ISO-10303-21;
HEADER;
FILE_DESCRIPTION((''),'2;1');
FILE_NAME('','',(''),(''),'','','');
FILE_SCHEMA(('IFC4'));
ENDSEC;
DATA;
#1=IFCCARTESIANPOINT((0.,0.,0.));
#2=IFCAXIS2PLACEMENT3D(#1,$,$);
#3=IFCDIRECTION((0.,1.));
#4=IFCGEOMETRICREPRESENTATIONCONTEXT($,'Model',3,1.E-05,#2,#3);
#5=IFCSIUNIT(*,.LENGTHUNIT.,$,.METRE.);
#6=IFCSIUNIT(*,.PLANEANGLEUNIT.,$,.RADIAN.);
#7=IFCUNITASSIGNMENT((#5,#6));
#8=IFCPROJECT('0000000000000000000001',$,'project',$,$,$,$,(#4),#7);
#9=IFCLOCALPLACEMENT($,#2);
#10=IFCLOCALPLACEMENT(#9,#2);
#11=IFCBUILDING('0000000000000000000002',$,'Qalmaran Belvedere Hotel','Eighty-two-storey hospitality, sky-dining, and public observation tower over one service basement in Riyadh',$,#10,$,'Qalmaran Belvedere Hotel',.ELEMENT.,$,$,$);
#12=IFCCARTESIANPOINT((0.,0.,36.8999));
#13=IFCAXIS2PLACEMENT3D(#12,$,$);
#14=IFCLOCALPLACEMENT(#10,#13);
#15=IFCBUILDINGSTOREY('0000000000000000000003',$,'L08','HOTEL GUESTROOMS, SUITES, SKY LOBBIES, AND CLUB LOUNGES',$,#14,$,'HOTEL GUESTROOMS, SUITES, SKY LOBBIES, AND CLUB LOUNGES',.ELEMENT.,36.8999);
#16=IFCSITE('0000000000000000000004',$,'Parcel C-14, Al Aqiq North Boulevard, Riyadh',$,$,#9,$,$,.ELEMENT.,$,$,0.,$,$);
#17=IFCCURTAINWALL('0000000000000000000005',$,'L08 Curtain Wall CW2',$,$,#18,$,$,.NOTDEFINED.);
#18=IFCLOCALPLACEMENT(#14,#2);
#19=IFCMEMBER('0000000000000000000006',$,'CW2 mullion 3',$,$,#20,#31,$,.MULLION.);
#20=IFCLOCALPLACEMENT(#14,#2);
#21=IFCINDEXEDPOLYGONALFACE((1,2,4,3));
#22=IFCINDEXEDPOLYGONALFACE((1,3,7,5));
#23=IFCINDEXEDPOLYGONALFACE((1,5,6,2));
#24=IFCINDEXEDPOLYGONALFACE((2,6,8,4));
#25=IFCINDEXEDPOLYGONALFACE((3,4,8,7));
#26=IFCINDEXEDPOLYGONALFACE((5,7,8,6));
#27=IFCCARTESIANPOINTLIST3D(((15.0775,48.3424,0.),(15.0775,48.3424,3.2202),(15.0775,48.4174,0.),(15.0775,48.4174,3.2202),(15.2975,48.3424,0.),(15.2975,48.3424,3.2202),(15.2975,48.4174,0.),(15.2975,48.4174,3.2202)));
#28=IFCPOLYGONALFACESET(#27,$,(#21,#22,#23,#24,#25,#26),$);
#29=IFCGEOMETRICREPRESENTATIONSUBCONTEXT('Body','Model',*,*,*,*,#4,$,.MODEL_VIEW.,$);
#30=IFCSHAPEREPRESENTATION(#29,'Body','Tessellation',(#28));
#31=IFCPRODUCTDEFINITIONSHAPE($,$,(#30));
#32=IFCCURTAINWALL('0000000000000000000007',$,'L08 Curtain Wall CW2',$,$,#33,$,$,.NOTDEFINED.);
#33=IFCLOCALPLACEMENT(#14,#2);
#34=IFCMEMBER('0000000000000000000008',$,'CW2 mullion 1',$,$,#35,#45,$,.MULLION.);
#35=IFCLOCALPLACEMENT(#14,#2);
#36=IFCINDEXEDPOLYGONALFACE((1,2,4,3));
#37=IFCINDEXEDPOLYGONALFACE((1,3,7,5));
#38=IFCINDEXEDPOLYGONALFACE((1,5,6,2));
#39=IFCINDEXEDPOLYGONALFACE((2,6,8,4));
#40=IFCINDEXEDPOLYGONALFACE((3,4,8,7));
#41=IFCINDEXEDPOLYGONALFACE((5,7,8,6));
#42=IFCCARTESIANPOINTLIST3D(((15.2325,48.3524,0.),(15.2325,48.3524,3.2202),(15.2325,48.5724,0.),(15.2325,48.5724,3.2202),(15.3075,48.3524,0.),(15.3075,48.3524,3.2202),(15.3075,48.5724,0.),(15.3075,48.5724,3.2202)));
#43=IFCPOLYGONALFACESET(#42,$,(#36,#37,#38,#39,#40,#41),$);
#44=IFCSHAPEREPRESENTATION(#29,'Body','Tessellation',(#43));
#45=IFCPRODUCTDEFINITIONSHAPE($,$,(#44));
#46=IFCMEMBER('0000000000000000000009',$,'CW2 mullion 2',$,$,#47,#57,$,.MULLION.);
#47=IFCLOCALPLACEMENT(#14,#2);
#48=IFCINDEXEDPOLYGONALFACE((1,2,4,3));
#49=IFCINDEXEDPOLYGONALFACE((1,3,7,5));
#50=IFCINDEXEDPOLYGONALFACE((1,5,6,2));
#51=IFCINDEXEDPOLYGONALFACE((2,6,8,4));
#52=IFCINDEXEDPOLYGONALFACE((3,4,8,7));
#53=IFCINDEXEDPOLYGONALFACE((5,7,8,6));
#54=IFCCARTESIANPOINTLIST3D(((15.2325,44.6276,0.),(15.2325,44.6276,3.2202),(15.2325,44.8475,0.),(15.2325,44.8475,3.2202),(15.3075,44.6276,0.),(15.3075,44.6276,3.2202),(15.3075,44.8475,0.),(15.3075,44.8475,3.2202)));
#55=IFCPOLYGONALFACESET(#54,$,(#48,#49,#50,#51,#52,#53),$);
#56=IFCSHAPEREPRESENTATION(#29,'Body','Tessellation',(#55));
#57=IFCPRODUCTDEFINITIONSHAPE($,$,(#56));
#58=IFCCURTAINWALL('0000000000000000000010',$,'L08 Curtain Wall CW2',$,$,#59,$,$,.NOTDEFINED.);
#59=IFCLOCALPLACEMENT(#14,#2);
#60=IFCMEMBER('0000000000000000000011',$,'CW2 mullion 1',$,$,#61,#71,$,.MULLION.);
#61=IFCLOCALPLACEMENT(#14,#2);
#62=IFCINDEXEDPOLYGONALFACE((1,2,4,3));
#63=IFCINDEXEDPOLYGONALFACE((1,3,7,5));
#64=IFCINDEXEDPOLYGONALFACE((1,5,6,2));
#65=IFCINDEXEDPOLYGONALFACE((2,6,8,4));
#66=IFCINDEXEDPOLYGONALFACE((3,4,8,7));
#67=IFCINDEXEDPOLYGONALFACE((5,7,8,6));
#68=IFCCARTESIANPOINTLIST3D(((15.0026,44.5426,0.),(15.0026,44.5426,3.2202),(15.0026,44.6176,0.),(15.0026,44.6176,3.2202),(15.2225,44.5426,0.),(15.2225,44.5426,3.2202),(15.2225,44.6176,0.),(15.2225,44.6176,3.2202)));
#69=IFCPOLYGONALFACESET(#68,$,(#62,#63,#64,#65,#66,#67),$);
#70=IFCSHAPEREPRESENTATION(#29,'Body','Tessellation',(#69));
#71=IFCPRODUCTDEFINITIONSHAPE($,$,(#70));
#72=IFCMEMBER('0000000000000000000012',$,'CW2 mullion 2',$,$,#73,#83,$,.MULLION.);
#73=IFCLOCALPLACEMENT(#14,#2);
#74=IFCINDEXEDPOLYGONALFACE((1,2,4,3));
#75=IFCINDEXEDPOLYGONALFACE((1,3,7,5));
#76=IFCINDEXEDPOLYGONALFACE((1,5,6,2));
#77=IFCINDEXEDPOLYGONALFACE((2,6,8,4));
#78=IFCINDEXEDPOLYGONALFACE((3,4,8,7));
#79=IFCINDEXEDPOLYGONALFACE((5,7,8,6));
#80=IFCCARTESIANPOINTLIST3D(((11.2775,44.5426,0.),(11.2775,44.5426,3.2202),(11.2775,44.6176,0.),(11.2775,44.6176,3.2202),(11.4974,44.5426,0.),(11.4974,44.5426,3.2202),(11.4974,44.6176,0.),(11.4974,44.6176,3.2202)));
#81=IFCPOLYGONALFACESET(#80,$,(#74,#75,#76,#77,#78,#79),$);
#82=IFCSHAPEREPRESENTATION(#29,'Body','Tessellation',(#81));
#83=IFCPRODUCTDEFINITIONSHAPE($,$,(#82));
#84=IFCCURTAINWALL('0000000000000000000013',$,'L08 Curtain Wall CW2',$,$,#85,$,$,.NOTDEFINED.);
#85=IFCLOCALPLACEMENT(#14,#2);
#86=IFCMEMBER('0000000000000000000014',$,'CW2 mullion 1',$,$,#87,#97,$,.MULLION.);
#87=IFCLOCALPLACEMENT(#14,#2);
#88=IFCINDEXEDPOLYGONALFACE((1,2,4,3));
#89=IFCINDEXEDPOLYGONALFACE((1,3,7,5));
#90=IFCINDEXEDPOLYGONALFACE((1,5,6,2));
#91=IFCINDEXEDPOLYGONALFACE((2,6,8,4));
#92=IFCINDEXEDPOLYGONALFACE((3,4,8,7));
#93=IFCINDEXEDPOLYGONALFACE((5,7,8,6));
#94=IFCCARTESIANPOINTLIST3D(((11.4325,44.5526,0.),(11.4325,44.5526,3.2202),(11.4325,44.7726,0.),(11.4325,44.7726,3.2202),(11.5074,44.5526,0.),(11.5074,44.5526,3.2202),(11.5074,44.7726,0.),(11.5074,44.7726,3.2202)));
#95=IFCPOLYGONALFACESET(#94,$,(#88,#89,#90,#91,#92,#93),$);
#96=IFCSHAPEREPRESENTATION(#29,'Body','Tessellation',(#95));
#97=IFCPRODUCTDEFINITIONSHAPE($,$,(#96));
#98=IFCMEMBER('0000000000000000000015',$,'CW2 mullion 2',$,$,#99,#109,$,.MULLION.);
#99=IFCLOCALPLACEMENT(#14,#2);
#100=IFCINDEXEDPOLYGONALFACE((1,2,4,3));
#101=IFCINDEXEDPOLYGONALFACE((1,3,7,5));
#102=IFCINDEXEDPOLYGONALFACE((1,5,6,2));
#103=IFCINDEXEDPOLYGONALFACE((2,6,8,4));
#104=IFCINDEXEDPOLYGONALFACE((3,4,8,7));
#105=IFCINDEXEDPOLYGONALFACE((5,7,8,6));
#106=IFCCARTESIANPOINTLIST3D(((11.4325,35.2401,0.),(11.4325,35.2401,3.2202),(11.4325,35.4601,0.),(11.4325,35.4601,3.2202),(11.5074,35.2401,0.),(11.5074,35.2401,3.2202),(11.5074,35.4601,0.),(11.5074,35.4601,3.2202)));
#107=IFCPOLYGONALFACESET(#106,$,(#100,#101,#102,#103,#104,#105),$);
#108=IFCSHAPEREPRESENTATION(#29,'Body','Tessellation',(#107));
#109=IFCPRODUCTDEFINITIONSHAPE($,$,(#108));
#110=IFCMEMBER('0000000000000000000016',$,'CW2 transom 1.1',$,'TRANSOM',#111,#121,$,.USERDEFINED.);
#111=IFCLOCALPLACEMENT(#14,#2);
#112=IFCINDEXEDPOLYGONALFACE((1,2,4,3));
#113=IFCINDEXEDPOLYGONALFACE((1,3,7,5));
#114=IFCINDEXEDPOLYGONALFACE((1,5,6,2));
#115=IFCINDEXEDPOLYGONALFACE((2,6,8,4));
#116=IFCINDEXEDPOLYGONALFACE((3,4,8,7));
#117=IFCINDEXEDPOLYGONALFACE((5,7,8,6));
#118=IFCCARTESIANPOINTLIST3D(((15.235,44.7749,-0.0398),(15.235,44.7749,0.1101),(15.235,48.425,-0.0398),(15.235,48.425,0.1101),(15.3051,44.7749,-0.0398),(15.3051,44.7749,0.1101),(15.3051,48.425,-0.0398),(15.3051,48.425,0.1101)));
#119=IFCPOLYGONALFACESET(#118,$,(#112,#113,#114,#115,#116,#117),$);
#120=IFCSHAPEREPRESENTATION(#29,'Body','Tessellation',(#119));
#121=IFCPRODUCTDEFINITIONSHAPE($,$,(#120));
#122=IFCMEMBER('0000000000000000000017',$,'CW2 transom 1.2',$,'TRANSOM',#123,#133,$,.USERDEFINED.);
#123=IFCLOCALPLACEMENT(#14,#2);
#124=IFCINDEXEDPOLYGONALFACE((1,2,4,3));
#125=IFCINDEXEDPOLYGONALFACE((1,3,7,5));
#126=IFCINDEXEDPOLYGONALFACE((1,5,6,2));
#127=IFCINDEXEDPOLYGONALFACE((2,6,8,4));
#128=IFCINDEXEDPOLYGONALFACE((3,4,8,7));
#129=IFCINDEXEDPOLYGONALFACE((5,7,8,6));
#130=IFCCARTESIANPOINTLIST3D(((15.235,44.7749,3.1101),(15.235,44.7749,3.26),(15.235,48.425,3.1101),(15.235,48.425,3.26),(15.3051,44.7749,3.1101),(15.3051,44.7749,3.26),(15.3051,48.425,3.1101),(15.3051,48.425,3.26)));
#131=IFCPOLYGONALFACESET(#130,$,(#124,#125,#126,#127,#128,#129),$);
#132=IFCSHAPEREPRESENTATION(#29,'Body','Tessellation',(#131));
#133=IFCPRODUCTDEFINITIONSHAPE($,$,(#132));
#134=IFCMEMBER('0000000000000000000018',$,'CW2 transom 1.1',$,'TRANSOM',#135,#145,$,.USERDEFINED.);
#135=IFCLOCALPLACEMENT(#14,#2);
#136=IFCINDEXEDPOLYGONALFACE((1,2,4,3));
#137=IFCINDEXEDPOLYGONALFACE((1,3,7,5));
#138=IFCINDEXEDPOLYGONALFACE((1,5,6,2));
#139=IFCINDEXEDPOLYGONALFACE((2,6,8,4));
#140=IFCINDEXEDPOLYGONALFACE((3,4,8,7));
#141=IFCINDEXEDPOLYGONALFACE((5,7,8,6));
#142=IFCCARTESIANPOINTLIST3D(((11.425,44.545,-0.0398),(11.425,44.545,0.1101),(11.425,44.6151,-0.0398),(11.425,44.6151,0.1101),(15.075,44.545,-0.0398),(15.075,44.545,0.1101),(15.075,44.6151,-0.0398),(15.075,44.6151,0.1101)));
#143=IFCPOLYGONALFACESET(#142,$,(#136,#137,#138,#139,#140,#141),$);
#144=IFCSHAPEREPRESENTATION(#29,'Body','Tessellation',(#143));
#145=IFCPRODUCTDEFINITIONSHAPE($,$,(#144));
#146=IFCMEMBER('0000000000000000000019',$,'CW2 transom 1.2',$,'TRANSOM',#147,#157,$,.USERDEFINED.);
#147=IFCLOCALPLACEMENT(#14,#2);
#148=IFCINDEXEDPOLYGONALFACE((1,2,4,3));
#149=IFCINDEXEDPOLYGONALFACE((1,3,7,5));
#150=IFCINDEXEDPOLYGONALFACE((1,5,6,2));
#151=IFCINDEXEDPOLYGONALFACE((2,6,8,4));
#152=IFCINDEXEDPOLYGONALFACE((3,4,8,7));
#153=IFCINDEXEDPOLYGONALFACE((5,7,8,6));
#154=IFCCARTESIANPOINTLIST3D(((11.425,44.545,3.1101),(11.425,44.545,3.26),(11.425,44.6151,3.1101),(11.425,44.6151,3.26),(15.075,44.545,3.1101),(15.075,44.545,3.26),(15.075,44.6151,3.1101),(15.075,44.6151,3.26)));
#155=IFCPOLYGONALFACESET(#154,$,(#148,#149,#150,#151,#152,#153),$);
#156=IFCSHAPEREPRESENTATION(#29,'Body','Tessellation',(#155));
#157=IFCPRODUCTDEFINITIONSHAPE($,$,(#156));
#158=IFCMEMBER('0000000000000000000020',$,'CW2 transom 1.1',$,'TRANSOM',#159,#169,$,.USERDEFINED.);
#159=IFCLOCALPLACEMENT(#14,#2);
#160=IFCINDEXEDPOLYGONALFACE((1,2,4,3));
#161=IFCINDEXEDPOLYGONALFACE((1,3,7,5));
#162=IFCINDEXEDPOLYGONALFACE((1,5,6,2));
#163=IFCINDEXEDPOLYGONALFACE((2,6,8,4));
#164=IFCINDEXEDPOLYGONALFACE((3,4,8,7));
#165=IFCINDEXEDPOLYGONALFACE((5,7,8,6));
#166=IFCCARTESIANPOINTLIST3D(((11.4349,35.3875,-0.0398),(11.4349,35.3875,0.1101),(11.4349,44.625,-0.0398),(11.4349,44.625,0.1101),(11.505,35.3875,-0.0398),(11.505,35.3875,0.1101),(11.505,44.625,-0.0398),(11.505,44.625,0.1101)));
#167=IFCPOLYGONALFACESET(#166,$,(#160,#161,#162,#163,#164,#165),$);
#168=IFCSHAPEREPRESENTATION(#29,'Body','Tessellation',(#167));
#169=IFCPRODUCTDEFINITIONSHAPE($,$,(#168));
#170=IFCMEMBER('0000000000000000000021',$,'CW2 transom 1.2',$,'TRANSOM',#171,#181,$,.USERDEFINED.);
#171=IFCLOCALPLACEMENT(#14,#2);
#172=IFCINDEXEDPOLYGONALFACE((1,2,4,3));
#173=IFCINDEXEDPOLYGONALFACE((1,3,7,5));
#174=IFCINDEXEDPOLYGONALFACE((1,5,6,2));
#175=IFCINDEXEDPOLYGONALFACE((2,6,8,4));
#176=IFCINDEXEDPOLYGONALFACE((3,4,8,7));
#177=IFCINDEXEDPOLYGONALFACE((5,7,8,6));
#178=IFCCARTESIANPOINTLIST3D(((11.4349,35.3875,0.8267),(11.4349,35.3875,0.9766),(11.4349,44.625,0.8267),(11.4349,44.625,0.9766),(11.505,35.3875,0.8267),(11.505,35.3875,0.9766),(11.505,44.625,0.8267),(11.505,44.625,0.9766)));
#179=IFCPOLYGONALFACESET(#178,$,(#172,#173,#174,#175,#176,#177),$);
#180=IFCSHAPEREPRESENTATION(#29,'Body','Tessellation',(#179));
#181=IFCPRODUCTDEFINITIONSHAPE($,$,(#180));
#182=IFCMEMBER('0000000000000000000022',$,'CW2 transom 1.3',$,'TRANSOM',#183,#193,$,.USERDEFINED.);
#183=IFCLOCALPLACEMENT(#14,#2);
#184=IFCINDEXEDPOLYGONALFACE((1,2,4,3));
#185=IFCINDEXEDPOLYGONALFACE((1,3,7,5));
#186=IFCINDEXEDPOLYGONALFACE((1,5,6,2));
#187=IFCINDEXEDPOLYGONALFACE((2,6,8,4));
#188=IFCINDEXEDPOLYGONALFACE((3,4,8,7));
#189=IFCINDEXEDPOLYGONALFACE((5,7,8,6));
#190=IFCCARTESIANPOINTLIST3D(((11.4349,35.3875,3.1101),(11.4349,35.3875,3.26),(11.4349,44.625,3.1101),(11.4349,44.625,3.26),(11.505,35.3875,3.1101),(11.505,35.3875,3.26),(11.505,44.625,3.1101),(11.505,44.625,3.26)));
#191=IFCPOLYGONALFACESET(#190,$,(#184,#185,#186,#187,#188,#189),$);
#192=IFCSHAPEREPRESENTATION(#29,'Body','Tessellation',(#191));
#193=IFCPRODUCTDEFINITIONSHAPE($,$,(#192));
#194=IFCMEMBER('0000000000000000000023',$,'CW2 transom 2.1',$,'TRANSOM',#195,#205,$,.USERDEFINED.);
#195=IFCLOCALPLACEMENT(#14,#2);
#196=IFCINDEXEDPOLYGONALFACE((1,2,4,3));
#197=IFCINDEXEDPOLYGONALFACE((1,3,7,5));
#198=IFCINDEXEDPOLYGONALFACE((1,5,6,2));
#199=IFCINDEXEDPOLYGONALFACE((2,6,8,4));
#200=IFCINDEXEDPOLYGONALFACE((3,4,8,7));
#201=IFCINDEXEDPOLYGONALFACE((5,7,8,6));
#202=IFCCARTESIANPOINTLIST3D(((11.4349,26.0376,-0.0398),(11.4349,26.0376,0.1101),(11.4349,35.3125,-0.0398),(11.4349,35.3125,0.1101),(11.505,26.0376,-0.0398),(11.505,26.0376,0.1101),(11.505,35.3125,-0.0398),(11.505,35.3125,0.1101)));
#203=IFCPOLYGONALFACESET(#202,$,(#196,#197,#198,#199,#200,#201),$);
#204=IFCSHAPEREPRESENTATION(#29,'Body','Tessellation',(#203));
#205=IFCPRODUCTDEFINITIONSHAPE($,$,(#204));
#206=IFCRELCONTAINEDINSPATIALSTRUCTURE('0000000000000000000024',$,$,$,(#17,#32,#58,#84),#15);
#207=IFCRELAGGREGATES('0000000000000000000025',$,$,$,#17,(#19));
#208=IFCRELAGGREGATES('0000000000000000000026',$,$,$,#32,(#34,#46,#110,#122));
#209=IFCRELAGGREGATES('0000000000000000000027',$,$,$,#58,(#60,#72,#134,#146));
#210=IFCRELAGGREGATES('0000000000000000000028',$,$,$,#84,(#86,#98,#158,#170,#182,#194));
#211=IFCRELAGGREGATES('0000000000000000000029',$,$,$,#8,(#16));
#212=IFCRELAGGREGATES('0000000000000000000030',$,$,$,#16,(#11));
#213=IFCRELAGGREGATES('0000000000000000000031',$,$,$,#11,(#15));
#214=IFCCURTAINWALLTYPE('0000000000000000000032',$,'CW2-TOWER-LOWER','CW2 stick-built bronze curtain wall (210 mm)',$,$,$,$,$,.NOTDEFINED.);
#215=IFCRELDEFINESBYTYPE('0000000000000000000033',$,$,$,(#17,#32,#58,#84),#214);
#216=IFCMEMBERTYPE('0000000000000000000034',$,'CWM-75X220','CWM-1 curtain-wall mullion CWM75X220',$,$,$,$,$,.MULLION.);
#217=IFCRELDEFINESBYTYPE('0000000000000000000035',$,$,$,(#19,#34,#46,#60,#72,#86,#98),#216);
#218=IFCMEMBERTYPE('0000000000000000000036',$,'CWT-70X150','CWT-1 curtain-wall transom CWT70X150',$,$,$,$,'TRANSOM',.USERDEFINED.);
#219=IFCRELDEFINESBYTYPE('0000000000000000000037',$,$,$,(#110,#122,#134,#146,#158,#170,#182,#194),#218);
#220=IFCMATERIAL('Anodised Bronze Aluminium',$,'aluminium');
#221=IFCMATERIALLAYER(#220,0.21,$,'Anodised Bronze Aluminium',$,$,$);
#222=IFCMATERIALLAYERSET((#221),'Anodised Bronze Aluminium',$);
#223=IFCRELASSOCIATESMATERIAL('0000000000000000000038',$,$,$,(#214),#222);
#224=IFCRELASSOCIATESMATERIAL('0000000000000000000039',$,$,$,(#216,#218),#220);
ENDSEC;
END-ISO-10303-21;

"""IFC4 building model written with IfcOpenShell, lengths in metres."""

from ifc_helpers import new_model, si_unit, direction, frame, origin, origin_2d, place, context, subcontext, project, spatial, rectangle, extrude, material, layer, layer_set, material_profile, profile_set, type_object, element, aggregate, save


model = new_model("IFC4")

# Units and contexts
model_context = context("Model", 3, precision=1e-05, world=origin(), true_north=direction((0.0, 1.0)))
body_context = subcontext(model_context, "Body", "Model", "MODEL_VIEW")
ifc_project = project(units=[si_unit("LENGTHUNIT", "METRE"), si_unit("PLANEANGLEUNIT", "RADIAN")], contexts=[model_context])

# Site, building, storey
site_placement = place(None, origin())
site = spatial("IfcSite", under=ifc_project, at=site_placement, Name="Parcel C-14, Al Aqiq North Boulevard, Riyadh", CompositionType="ELEMENT", RefElevation=0.0)
building_placement = place(site_placement, origin())
building = spatial("IfcBuilding", under=site, at=building_placement, Name="Qalmaran Belvedere Hotel", Description="Eighty-two-storey hospitality, sky-dining, and public observation tower over one service basement in Riyadh", LongName="Qalmaran Belvedere Hotel", CompositionType="ELEMENT")
storey_placement = place(building_placement, frame((0.0, 0.0, 36.8999)))
storey = spatial("IfcBuildingStorey", under=building, at=storey_placement, Name="L08", Description="HOTEL GUESTROOMS, SUITES, SKY LOBBIES, AND CLUB LOUNGES", LongName="HOTEL GUESTROOMS, SUITES, SKY LOBBIES, AND CLUB LOUNGES", CompositionType="ELEMENT", Elevation=36.8999)

# Curtain wall, member
ifc_material_1 = material(Name="Anodised Bronze Aluminium", Category="aluminium")
ifc_layer_1 = layer(ifc_material_1, 0.21, Name="Anodised Bronze Aluminium")
ifc_layer_set_1 = layer_set([ifc_layer_1], Name="Anodised Bronze Aluminium")
curtain_wall_type = type_object("IfcCurtainWallType", Name="CW2-TOWER-LOWER", Description="CW2 stick-built bronze curtain wall (210 mm)", PredefinedType="NOTDEFINED", material=ifc_layer_set_1)
curtain_wall_1_placement = place(storey_placement, origin())
curtain_wall_1 = element("IfcCurtainWall", 1, at=curtain_wall_1_placement, inside=storey, type_object=curtain_wall_type, Name="L08 Curtain Wall CW2", PredefinedType="NOTDEFINED")
ifc_material_profile_1 = material_profile(ifc_material_1, rectangle(XDim=0.075, YDim=0.22, at=origin_2d()), Name="CWM75X220")
ifc_profile_set_1 = profile_set([ifc_material_profile_1], Name="Anodised Bronze Aluminium")
member_type_1 = type_object("IfcMemberType", Name="CWM-75X220", Description="CWM-1 curtain-wall mullion CWM75X220", PredefinedType="MULLION", material=ifc_profile_set_1)
member_1_placement = place(storey_placement, frame((15.1875, 48.3799, 0.0), z_axis=(0.0, 0.0, 1.0), x_axis=(0.0, -1.0, 0.0)))
member_1 = element("IfcMember", 2, at=member_1_placement, type_object=member_type_1, Name="CW2 mullion 3", PredefinedType="MULLION", context=body_context, shape_type="SweptSolid", body=[
    extrude(rectangle(XDim=0.075, YDim=0.22, at=origin_2d()), origin(), (0.0, 0.0, 1.0), 3.2202),
])

# Curtain walls, members
curtain_wall_2_placement = place(storey_placement, origin())
curtain_wall_2 = element("IfcCurtainWall", 3, at=curtain_wall_2_placement, inside=storey, type_object=curtain_wall_type, Name="L08 Curtain Wall CW2", PredefinedType="NOTDEFINED")
member_2_placement = place(storey_placement, frame((15.27, 48.4624, 0.0), z_axis=(0.0, 0.0, 1.0), x_axis=(1.0, 0.0, 0.0)))
member_2 = element("IfcMember", 4, at=member_2_placement, type_object=member_type_1, Name="CW2 mullion 1", PredefinedType="MULLION", context=body_context, shape_type="SweptSolid", body=[
    extrude(rectangle(XDim=0.075, YDim=0.22, at=origin_2d()), origin(), (0.0, 0.0, 1.0), 3.2202),
])
member_3_placement = place(storey_placement, frame((15.27, 44.7375, 0.0), z_axis=(0.0, 0.0, 1.0), x_axis=(1.0, 0.0, 0.0)))
member_3 = element("IfcMember", 5, at=member_3_placement, type_object=member_type_1, Name="CW2 mullion 2", PredefinedType="MULLION", context=body_context, shape_type="SweptSolid", body=[
    extrude(rectangle(XDim=0.075, YDim=0.22, at=origin_2d()), origin(), (0.0, 0.0, 1.0), 3.2202),
])
curtain_wall_3_placement = place(storey_placement, origin())
curtain_wall_3 = element("IfcCurtainWall", 6, at=curtain_wall_3_placement, inside=storey, type_object=curtain_wall_type, Name="L08 Curtain Wall CW2", PredefinedType="NOTDEFINED")
member_4_placement = place(storey_placement, frame((15.1125, 44.5801, 0.0), z_axis=(0.0, 0.0, 1.0), x_axis=(0.0, -1.0, 0.0)))
member_4 = element("IfcMember", 7, at=member_4_placement, type_object=member_type_1, Name="CW2 mullion 1", PredefinedType="MULLION", context=body_context, shape_type="SweptSolid", body=[
    extrude(rectangle(XDim=0.075, YDim=0.22, at=origin_2d()), origin(), (0.0, 0.0, 1.0), 3.2202),
])
member_5_placement = place(storey_placement, frame((11.3875, 44.5801, 0.0), z_axis=(0.0, 0.0, 1.0), x_axis=(0.0, -1.0, 0.0)))
member_5 = element("IfcMember", 8, at=member_5_placement, type_object=member_type_1, Name="CW2 mullion 2", PredefinedType="MULLION", context=body_context, shape_type="SweptSolid", body=[
    extrude(rectangle(XDim=0.075, YDim=0.22, at=origin_2d()), origin(), (0.0, 0.0, 1.0), 3.2202),
])
curtain_wall_4_placement = place(storey_placement, origin())
curtain_wall_4 = element("IfcCurtainWall", 9, at=curtain_wall_4_placement, inside=storey, type_object=curtain_wall_type, Name="L08 Curtain Wall CW2", PredefinedType="NOTDEFINED")
member_6_placement = place(storey_placement, frame((11.47, 44.6626, 0.0), z_axis=(0.0, 0.0, 1.0), x_axis=(1.0, 0.0, 0.0)))
member_6 = element("IfcMember", 10, at=member_6_placement, type_object=member_type_1, Name="CW2 mullion 1", PredefinedType="MULLION", context=body_context, shape_type="SweptSolid", body=[
    extrude(rectangle(XDim=0.075, YDim=0.22, at=origin_2d()), origin(), (0.0, 0.0, 1.0), 3.2202),
])
member_7_placement = place(storey_placement, frame((11.47, 35.3501, 0.0), z_axis=(0.0, 0.0, 1.0), x_axis=(1.0, 0.0, 0.0)))
member_7 = element("IfcMember", 11, at=member_7_placement, type_object=member_type_1, Name="CW2 mullion 2", PredefinedType="MULLION", context=body_context, shape_type="SweptSolid", body=[
    extrude(rectangle(XDim=0.075, YDim=0.22, at=origin_2d()), origin(), (0.0, 0.0, 1.0), 3.2202),
])

# Members
ifc_material_profile_2 = material_profile(ifc_material_1, rectangle(XDim=0.0701, YDim=0.1499, at=origin_2d()), Name="CWT70X150")
ifc_profile_set_2 = profile_set([ifc_material_profile_2], Name="Anodised Bronze Aluminium")
member_type_2 = type_object("IfcMemberType", Name="CWT-70X150", Description="CWT-1 curtain-wall transom CWT70X150", ElementType="TRANSOM", PredefinedType="USERDEFINED", material=ifc_profile_set_2)
member_8_placement = place(storey_placement, frame((15.27, 48.425, 0.0352), z_axis=(0.0, -1.0, 0.0), x_axis=(1.0, 0.0, 0.0)))
member_8 = element("IfcMember", 12, at=member_8_placement, type_object=member_type_2, Name="CW2 transom 1.1", ObjectType="TRANSOM", PredefinedType="USERDEFINED", context=body_context, shape_type="SweptSolid", body=[
    extrude(rectangle(XDim=0.0701, YDim=0.1499, at=origin_2d()), origin(), (0.0, 0.0, 1.0), 3.6501),
])
member_9_placement = place(storey_placement, frame((15.27, 48.425, 3.1851), z_axis=(0.0, -1.0, 0.0), x_axis=(1.0, 0.0, 0.0)))
member_9 = element("IfcMember", 13, at=member_9_placement, type_object=member_type_2, Name="CW2 transom 1.2", ObjectType="TRANSOM", PredefinedType="USERDEFINED", context=body_context, shape_type="SweptSolid", body=[
    extrude(rectangle(XDim=0.0701, YDim=0.1499, at=origin_2d()), origin(), (0.0, 0.0, 1.0), 3.6501),
])
member_10_placement = place(storey_placement, frame((15.075, 44.5801, 0.0352), z_axis=(-1.0, 0.0, 0.0), x_axis=(0.0, -1.0, 0.0)))
member_10 = element("IfcMember", 14, at=member_10_placement, type_object=member_type_2, Name="CW2 transom 1.1", ObjectType="TRANSOM", PredefinedType="USERDEFINED", context=body_context, shape_type="SweptSolid", body=[
    extrude(rectangle(XDim=0.0701, YDim=0.1499, at=origin_2d()), origin(), (0.0, 0.0, 1.0), 3.6499),
])
member_11_placement = place(storey_placement, frame((15.075, 44.5801, 3.1851), z_axis=(-1.0, 0.0, 0.0), x_axis=(0.0, -1.0, 0.0)))
member_11 = element("IfcMember", 15, at=member_11_placement, type_object=member_type_2, Name="CW2 transom 1.2", ObjectType="TRANSOM", PredefinedType="USERDEFINED", context=body_context, shape_type="SweptSolid", body=[
    extrude(rectangle(XDim=0.0701, YDim=0.1499, at=origin_2d()), origin(), (0.0, 0.0, 1.0), 3.6499),
])
member_12_placement = place(storey_placement, frame((11.47, 44.625, 0.0352), z_axis=(0.0, -1.0, 0.0), x_axis=(1.0, 0.0, 0.0)))
member_12 = element("IfcMember", 16, at=member_12_placement, type_object=member_type_2, Name="CW2 transom 1.1", ObjectType="TRANSOM", PredefinedType="USERDEFINED", context=body_context, shape_type="SweptSolid", body=[
    extrude(rectangle(XDim=0.0701, YDim=0.1499, at=origin_2d()), origin(), (0.0, 0.0, 1.0), 9.2375),
])
member_13_placement = place(storey_placement, frame((11.47, 44.625, 0.9016), z_axis=(0.0, -1.0, 0.0), x_axis=(1.0, 0.0, 0.0)))
member_13 = element("IfcMember", 17, at=member_13_placement, type_object=member_type_2, Name="CW2 transom 1.2", ObjectType="TRANSOM", PredefinedType="USERDEFINED", context=body_context, shape_type="SweptSolid", body=[
    extrude(rectangle(XDim=0.0701, YDim=0.1499, at=origin_2d()), origin(), (0.0, 0.0, 1.0), 9.2375),
])
member_14_placement = place(storey_placement, frame((11.47, 44.625, 3.1851), z_axis=(0.0, -1.0, 0.0), x_axis=(1.0, 0.0, 0.0)))
member_14 = element("IfcMember", 18, at=member_14_placement, type_object=member_type_2, Name="CW2 transom 1.3", ObjectType="TRANSOM", PredefinedType="USERDEFINED", context=body_context, shape_type="SweptSolid", body=[
    extrude(rectangle(XDim=0.0701, YDim=0.1499, at=origin_2d()), origin(), (0.0, 0.0, 1.0), 9.2375),
])
member_15_placement = place(storey_placement, frame((11.47, 35.3125, 0.0352), z_axis=(0.0, -1.0, 0.0), x_axis=(1.0, 0.0, 0.0)))
member_15 = element("IfcMember", 19, at=member_15_placement, type_object=member_type_2, Name="CW2 transom 2.1", ObjectType="TRANSOM", PredefinedType="USERDEFINED", context=body_context, shape_type="SweptSolid", body=[
    extrude(rectangle(XDim=0.0701, YDim=0.1499, at=origin_2d()), origin(), (0.0, 0.0, 1.0), 9.2749),
])

aggregate(curtain_wall_1, [member_1])
aggregate(curtain_wall_2, [member_2, member_3, member_8, member_9])
aggregate(curtain_wall_3, [member_4, member_5, member_10, member_11])
aggregate(curtain_wall_4, [member_6, member_7, member_12, member_13, member_14, member_15])

save(model, "model.ifc")
